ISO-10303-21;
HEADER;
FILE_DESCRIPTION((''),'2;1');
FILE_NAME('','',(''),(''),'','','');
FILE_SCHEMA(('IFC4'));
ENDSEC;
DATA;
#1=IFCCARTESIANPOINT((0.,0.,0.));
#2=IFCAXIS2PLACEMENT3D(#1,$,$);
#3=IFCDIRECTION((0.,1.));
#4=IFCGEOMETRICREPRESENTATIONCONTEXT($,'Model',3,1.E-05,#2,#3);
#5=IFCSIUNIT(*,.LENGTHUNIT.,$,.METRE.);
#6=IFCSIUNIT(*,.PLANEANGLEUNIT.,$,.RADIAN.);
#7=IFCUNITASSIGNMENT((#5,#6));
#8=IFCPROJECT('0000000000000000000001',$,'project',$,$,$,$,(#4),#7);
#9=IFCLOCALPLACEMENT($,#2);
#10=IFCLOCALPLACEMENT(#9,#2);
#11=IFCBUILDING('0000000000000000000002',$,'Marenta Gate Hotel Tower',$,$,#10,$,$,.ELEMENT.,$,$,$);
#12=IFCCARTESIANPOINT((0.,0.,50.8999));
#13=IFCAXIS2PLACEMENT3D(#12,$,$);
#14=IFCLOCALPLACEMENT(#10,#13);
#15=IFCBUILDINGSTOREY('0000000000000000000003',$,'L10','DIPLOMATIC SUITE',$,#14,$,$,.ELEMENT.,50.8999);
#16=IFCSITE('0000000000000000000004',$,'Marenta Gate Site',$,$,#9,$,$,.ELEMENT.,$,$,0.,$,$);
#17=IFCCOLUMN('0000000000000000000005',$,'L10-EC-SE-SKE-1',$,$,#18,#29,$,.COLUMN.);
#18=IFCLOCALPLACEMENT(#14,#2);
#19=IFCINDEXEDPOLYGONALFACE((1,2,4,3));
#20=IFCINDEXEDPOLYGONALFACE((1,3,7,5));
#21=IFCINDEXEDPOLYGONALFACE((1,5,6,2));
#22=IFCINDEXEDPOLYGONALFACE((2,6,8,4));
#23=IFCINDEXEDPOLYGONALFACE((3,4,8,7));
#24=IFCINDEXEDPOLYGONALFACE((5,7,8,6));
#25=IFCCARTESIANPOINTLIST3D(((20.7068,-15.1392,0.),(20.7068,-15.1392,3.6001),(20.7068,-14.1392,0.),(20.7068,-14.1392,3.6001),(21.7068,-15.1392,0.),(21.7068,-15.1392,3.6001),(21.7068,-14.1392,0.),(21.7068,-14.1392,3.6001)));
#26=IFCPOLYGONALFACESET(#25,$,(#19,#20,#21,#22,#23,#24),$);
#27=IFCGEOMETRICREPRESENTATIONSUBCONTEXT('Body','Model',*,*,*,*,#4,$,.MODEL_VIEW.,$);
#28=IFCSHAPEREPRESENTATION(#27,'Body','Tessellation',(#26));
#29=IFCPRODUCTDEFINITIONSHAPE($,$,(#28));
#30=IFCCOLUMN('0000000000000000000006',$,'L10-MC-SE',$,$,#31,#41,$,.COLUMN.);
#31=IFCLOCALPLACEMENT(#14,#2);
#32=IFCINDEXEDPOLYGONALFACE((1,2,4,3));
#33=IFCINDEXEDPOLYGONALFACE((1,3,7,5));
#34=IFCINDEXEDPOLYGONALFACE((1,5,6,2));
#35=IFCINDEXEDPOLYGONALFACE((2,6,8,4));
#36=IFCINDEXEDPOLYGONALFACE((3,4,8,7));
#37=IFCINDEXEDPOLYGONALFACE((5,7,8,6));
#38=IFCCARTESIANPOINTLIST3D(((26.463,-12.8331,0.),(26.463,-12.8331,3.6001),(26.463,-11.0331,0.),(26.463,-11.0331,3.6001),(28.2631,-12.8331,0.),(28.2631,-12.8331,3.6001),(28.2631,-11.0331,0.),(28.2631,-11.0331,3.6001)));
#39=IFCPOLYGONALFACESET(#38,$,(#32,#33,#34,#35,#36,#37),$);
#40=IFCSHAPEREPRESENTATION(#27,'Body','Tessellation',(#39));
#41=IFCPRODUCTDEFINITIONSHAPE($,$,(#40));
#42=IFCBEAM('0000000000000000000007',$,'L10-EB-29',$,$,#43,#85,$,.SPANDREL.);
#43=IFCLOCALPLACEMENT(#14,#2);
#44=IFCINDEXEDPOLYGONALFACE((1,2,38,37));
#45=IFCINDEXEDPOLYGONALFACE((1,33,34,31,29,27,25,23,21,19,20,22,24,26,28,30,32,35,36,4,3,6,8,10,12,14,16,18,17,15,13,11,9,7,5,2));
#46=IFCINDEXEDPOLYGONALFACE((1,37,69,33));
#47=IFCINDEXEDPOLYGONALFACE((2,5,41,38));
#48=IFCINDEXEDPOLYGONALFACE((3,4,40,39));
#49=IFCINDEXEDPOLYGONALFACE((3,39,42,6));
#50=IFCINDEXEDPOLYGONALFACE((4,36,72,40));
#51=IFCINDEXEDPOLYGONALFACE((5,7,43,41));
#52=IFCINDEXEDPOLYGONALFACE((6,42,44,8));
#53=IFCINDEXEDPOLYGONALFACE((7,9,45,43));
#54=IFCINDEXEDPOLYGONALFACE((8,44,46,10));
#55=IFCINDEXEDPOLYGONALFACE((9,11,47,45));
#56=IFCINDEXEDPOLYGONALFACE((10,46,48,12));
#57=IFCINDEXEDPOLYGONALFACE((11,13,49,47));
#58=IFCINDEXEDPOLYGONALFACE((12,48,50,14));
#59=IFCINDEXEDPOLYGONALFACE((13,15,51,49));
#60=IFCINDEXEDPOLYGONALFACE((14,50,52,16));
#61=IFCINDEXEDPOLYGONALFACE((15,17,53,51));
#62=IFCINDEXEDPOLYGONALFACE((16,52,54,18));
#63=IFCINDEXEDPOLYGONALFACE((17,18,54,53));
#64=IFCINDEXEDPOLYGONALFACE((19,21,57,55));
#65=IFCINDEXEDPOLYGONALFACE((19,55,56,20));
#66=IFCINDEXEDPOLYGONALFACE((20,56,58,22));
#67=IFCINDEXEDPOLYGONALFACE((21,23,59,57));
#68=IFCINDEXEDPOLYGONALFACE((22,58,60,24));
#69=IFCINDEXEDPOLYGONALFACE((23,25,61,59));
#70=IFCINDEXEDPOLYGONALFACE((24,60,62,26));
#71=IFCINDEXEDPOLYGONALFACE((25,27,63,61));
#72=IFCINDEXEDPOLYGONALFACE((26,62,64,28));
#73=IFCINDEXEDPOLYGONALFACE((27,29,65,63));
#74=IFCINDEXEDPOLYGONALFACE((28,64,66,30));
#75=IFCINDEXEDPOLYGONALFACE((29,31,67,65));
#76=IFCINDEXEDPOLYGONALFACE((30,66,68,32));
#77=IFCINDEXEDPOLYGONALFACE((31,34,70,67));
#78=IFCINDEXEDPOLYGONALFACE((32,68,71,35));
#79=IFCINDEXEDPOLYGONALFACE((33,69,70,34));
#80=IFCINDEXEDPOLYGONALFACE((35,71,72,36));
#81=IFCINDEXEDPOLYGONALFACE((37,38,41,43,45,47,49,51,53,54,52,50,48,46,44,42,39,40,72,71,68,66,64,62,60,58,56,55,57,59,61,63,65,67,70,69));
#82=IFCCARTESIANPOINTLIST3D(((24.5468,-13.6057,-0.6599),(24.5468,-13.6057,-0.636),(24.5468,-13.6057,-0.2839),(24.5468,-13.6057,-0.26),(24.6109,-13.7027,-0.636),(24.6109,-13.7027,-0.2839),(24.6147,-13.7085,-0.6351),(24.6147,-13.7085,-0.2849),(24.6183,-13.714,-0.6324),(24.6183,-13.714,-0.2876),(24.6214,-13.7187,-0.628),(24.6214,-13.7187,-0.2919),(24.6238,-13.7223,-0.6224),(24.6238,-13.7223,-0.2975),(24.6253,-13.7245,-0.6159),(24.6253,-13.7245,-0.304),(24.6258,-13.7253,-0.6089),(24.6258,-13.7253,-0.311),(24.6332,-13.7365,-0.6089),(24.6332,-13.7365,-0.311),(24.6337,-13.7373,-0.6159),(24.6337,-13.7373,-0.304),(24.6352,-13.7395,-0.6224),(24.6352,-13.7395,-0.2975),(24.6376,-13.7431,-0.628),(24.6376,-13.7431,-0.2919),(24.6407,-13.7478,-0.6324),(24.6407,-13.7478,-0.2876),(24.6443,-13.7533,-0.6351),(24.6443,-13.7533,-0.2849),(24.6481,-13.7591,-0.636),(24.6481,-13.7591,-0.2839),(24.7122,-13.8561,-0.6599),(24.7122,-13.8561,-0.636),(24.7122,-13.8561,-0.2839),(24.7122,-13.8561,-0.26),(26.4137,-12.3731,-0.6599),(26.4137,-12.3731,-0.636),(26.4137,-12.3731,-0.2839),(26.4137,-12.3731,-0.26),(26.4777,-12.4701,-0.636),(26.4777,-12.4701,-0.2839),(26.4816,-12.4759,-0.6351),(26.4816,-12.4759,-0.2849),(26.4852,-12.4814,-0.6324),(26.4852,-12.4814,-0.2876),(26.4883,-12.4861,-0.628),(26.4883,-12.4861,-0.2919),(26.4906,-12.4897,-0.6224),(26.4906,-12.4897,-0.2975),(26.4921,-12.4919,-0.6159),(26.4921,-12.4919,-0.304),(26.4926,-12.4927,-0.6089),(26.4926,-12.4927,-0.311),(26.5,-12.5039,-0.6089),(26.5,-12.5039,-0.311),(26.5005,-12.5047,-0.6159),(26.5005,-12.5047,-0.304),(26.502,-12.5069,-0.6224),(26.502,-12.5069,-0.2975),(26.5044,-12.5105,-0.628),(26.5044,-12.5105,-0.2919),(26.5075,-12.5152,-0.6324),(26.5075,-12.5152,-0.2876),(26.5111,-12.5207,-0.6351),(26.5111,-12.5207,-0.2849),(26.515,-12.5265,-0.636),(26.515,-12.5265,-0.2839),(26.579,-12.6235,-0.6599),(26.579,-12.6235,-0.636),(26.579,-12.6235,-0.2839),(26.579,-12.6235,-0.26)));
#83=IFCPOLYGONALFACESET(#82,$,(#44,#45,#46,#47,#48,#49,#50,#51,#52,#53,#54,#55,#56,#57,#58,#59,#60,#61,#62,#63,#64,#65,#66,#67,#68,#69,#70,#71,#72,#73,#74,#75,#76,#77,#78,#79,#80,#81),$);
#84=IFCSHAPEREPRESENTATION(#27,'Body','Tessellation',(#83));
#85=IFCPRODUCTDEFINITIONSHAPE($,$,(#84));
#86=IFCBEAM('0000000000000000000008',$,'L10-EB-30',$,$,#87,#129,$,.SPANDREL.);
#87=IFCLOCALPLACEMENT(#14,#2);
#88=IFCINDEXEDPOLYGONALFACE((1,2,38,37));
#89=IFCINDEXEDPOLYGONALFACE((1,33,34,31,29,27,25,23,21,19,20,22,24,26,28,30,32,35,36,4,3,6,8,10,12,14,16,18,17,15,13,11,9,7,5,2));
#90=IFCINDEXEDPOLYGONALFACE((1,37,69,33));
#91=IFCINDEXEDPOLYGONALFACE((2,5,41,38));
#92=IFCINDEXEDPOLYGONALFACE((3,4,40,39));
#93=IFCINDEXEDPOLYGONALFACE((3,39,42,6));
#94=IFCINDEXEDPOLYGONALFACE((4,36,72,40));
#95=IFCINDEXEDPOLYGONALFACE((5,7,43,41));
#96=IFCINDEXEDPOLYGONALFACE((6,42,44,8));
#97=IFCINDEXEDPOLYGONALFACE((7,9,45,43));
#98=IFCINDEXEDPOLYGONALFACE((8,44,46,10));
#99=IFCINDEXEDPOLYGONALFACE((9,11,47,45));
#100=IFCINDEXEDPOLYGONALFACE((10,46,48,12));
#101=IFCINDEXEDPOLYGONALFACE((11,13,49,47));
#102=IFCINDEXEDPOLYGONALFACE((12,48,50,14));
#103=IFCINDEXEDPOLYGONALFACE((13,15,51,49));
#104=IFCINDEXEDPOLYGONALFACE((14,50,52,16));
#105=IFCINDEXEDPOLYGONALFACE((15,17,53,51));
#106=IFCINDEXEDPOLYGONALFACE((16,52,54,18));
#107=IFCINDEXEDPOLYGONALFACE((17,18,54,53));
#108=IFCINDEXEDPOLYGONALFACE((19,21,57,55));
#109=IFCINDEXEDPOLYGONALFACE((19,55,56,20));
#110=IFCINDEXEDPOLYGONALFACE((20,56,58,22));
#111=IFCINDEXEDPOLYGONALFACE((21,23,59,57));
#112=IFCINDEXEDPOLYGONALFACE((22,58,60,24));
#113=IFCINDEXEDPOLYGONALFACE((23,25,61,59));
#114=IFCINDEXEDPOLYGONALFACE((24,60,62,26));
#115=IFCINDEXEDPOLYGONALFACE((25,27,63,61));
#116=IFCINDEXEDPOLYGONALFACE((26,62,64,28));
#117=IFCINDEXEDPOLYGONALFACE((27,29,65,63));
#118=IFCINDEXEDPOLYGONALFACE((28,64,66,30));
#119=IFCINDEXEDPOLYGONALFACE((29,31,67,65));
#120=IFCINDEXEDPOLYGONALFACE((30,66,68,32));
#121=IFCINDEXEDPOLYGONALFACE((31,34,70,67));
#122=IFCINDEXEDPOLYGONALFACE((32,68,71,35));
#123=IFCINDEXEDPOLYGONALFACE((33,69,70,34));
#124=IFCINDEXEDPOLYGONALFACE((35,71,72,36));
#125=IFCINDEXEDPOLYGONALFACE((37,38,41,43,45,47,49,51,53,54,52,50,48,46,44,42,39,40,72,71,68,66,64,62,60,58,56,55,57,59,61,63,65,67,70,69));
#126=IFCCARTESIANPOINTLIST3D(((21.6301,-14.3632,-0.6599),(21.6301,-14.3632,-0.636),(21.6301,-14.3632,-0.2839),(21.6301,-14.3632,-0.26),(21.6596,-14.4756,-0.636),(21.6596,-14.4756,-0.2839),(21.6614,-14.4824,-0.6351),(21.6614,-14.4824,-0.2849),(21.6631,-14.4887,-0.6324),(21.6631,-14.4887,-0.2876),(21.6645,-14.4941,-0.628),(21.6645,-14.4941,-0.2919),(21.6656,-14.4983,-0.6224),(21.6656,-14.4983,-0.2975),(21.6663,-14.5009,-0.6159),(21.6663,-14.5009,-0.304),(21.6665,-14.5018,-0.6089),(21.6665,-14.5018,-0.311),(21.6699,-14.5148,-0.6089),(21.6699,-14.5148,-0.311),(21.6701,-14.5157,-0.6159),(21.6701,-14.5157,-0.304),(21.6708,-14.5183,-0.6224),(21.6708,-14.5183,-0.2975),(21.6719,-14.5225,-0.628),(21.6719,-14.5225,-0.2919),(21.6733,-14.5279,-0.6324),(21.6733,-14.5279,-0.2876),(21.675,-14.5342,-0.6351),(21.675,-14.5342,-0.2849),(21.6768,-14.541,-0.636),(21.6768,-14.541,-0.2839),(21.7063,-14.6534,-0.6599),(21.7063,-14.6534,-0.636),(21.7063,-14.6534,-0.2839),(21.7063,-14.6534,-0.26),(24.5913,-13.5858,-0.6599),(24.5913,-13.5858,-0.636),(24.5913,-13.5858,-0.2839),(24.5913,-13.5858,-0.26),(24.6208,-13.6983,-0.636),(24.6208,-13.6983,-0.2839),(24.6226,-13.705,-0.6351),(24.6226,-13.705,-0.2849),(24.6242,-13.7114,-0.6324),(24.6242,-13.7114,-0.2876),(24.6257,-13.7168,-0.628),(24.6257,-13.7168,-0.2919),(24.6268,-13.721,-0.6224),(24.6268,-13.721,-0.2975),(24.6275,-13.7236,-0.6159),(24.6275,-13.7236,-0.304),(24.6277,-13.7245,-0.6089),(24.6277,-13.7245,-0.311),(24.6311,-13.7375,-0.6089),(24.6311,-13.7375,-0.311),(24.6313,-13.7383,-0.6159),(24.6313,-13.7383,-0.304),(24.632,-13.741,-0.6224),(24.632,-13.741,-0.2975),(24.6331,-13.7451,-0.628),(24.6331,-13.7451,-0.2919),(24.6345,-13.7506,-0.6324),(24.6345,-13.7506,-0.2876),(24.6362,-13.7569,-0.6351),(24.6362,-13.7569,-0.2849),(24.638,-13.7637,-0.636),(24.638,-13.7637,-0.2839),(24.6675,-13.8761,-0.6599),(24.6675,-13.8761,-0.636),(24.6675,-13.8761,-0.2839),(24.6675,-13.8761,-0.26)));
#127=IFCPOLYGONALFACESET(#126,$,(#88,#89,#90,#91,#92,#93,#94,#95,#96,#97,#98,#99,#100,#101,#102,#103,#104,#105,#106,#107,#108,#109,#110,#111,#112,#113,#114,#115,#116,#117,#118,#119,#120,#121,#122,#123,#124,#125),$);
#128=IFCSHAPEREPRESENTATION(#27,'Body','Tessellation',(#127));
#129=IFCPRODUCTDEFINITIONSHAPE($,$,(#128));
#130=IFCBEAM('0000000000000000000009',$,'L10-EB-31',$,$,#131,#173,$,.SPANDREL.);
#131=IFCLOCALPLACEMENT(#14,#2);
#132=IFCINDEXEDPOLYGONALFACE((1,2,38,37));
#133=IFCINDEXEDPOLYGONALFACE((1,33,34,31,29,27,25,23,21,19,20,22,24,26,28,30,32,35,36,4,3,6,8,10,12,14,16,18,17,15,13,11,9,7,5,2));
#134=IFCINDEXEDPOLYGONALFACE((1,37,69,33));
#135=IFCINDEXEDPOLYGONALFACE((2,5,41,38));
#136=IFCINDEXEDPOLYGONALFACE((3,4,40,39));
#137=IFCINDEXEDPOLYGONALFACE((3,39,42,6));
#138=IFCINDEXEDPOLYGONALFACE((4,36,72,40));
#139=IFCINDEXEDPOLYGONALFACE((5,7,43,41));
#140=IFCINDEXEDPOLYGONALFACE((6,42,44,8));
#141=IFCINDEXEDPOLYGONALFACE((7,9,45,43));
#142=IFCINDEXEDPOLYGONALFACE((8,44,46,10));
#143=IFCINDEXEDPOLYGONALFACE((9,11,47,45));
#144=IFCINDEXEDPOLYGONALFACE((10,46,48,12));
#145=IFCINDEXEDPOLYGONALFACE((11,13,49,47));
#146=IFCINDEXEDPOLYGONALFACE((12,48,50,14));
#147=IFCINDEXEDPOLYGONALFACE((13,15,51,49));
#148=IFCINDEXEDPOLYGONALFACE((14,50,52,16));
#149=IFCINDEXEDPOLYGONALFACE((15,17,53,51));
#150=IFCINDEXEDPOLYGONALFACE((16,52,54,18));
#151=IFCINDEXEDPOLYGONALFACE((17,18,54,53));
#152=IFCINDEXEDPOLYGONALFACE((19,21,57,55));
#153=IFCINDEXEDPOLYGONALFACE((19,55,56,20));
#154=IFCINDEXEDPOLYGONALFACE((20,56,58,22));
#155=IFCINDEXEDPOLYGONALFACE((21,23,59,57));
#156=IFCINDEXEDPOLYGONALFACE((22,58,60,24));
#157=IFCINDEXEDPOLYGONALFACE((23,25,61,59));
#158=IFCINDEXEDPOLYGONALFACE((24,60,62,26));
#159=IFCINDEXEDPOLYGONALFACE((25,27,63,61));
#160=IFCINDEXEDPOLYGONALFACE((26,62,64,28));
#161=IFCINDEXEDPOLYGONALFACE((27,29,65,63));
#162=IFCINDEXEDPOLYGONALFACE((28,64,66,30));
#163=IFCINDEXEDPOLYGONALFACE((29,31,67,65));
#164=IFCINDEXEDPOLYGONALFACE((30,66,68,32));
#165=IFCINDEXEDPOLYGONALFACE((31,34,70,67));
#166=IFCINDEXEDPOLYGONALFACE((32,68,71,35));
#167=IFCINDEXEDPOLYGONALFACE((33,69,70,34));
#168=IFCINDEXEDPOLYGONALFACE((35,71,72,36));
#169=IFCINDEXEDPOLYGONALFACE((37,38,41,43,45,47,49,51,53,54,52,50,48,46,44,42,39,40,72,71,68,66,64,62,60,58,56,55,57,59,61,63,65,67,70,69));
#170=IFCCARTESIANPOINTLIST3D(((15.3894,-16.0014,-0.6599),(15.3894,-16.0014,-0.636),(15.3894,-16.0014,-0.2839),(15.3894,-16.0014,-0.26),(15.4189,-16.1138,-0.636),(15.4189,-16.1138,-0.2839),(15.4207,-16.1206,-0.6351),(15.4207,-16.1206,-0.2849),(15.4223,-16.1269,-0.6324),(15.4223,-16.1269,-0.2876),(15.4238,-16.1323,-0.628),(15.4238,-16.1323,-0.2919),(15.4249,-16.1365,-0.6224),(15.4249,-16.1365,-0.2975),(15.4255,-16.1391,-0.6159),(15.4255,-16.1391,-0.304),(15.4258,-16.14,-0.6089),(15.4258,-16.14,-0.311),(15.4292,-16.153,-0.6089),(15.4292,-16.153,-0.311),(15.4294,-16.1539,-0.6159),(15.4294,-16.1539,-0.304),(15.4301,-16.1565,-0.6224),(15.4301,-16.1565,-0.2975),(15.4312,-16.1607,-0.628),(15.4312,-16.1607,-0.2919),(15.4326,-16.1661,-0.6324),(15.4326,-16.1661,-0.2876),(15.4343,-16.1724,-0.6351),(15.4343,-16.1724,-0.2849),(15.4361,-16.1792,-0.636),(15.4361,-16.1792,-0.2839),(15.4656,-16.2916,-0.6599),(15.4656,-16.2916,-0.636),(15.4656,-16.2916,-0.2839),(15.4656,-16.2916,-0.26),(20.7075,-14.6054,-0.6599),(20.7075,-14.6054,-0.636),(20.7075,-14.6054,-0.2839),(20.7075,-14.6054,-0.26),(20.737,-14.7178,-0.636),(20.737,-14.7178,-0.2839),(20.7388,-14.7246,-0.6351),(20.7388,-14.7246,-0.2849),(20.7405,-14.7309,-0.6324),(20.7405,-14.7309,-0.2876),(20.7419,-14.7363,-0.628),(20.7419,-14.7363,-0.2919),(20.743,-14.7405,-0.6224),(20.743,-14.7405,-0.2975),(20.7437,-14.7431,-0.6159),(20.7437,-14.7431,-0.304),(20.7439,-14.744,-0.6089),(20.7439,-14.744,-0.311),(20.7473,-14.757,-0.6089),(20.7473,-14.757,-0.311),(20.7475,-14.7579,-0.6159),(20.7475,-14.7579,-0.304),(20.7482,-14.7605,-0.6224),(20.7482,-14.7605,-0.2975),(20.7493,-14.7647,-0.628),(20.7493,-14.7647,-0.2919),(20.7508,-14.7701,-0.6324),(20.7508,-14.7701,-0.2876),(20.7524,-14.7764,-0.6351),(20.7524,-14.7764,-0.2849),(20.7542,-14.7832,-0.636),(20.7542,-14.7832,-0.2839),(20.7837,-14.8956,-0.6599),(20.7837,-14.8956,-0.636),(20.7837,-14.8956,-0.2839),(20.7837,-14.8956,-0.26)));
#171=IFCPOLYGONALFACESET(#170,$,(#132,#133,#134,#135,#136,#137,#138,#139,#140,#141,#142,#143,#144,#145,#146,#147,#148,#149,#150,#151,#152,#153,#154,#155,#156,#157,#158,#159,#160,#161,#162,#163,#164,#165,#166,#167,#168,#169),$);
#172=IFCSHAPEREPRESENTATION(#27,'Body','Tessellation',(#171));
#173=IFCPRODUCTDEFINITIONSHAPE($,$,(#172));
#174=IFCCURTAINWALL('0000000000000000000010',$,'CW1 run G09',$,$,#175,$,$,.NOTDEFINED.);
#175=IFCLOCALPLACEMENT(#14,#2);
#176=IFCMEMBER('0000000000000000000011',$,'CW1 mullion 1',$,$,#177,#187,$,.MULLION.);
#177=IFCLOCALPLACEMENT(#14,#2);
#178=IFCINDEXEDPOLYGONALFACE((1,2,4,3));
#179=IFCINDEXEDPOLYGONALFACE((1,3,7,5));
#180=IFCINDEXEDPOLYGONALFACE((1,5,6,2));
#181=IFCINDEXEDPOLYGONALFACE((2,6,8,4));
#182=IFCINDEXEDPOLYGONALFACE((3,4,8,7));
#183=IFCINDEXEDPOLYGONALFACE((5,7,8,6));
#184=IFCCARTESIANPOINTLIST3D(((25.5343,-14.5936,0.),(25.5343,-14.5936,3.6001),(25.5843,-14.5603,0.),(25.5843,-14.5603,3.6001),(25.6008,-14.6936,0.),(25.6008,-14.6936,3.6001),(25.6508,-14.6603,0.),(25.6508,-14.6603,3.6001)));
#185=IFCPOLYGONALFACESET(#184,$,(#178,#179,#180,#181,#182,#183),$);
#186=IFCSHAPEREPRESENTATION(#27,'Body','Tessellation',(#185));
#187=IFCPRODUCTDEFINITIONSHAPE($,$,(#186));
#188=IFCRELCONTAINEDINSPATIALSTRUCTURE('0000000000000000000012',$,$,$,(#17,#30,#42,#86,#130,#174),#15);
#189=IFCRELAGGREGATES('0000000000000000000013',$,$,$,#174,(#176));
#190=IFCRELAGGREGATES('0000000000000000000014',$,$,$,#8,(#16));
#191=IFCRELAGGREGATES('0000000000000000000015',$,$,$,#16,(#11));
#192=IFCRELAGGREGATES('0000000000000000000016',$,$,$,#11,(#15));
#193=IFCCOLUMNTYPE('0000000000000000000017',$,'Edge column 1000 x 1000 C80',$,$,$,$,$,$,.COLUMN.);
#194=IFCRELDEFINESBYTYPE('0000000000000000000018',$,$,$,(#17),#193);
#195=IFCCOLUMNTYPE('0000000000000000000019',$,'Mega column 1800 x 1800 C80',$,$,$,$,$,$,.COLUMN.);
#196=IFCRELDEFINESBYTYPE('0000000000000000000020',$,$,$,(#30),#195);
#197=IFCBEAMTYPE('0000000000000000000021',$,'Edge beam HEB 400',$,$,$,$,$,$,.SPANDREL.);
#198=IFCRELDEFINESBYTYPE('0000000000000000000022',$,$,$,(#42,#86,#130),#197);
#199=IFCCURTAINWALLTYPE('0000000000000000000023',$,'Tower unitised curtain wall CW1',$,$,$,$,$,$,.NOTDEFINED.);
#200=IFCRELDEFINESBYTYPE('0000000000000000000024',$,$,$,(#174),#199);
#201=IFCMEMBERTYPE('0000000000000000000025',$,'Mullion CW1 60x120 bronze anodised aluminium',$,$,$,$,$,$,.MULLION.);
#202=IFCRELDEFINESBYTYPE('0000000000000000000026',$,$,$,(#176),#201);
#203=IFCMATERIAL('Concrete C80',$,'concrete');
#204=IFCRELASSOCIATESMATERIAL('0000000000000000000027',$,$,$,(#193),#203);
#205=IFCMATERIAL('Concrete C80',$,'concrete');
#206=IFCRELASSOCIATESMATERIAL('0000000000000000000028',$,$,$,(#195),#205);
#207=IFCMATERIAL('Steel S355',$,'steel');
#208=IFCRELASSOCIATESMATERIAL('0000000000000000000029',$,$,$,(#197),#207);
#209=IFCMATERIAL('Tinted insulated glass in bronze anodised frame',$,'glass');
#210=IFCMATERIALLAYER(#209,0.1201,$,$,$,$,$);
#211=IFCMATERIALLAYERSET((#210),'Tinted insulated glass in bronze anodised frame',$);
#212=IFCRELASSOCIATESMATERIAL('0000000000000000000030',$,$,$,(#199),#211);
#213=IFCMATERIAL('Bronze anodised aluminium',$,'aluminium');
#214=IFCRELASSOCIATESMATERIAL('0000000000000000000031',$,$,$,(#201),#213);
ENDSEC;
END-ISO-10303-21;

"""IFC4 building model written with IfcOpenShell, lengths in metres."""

from ifc_helpers import new_model, si_unit, direction, frame, origin, origin_2d, place, context, subcontext, project, spatial, rectangle, i_section, extrude, material, layer, layer_set, material_profile, profile_set, type_object, element, aggregate, save


model = new_model("IFC4")

# Units and contexts
model_context = context("Model", 3, precision=1e-05, world=origin(), true_north=direction((0.0, 1.0)))
body_context = subcontext(model_context, "Body", "Model", "MODEL_VIEW")
ifc_project = project(units=[si_unit("LENGTHUNIT", "METRE"), si_unit("PLANEANGLEUNIT", "RADIAN")], contexts=[model_context])

# Site, building, storey
site_placement = place(None, origin())
site = spatial("IfcSite", under=ifc_project, at=site_placement, Name="Marenta Gate Site", CompositionType="ELEMENT", RefElevation=0.0)
building_placement = place(site_placement, origin())
building = spatial("IfcBuilding", under=site, at=building_placement, Name="Marenta Gate Hotel Tower", CompositionType="ELEMENT")
storey_placement = place(building_placement, frame((0.0, 0.0, 50.8999)))
storey = spatial("IfcBuildingStorey", under=building, at=storey_placement, Name="L10", Description="DIPLOMATIC SUITE", CompositionType="ELEMENT", Elevation=50.8999)

# Columns
ifc_material_1 = material(Name="Concrete C80", Category="concrete")
ifc_material_profile_1 = material_profile(ifc_material_1, rectangle(XDim=1.0, YDim=1.0, at=origin_2d()), Name="1000 x 1000")
ifc_profile_set_1 = profile_set([ifc_material_profile_1], Name="Concrete C80")
column_type_1 = type_object("IfcColumnType", Name="Edge column 1000 x 1000 C80", PredefinedType="COLUMN", material=ifc_profile_set_1)
column_1_placement = place(storey_placement, frame((21.2068, -14.6392, 0.0), z_axis=(0.0, 0.0, 1.0), x_axis=(1.0, 0.0, 0.0)))
element("IfcColumn", 1, at=column_1_placement, inside=storey, type_object=column_type_1, Name="L10-EC-SE-SKE-1", PredefinedType="COLUMN", context=body_context, shape_type="SweptSolid", body=[
    extrude(rectangle(XDim=1.0, YDim=1.0, at=origin_2d()), origin(), (0.0, 0.0, 1.0), 3.6001),
])
ifc_material_2 = material(Name="Concrete C80", Category="concrete")
ifc_material_profile_2 = material_profile(ifc_material_2, rectangle(XDim=1.8, YDim=1.8, at=origin_2d()), Name="1800 x 1800")
ifc_profile_set_2 = profile_set([ifc_material_profile_2], Name="Concrete C80")
column_type_2 = type_object("IfcColumnType", Name="Mega column 1800 x 1800 C80", PredefinedType="COLUMN", material=ifc_profile_set_2)
column_2_placement = place(storey_placement, frame((27.363, -11.9331, 0.0), z_axis=(0.0, 0.0, 1.0), x_axis=(1.0, 0.0, 0.0)))
element("IfcColumn", 2, at=column_2_placement, inside=storey, type_object=column_type_2, Name="L10-MC-SE", PredefinedType="COLUMN", context=body_context, shape_type="SweptSolid", body=[
    extrude(rectangle(XDim=1.8, YDim=1.8, at=origin_2d()), origin(), (0.0, 0.0, 1.0), 3.6001),
])

# Beams
ifc_material_3 = material(Name="Steel S355", Category="steel")
ifc_material_profile_3 = material_profile(ifc_material_3, i_section(OverallWidth=0.3, OverallDepth=0.3999, WebThickness=0.0134, FlangeThickness=0.0239, FilletRadius=0.0271, at=origin_2d()), Name="HEB 400")
ifc_profile_set_3 = profile_set([ifc_material_profile_3], Name="Steel S355")
beam_type = type_object("IfcBeamType", Name="Edge beam HEB 400", PredefinedType="SPANDREL", material=ifc_profile_set_3)
beam_1_placement = place(storey_placement, frame((26.4963, -12.4983, -0.46), z_axis=(-0.83451, -0.550993, 0.0), x_axis=(0.550993, -0.83451, 0.0)))
element("IfcBeam", 3, at=beam_1_placement, inside=storey, type_object=beam_type, Name="L10-EB-29", PredefinedType="SPANDREL", context=body_context, shape_type="SweptSolid", body=[
    extrude(i_section(OverallWidth=0.3, OverallDepth=0.3999, WebThickness=0.0134, FlangeThickness=0.0239, FilletRadius=0.0271, at=origin_2d()), origin(), (0.0, 0.0, 1.0), 2.2371),
])
beam_2_placement = place(storey_placement, frame((24.6294, -13.731, -0.46), z_axis=(-0.967228, -0.253908, 0.0), x_axis=(0.253908, -0.967228, 0.0)))
element("IfcBeam", 4, at=beam_2_placement, inside=storey, type_object=beam_type, Name="L10-EB-30", PredefinedType="SPANDREL", context=body_context, shape_type="SweptSolid", body=[
    extrude(i_section(OverallWidth=0.3, OverallDepth=0.3999, WebThickness=0.0134, FlangeThickness=0.0239, FilletRadius=0.0271, at=origin_2d()), origin(), (0.0, 0.0, 1.0), 3.0615),
])
beam_3_placement = place(storey_placement, frame((20.7456, -14.7505, -0.46), z_axis=(-0.967231, -0.253897, 0.0), x_axis=(0.253897, -0.967231, 0.0)))
element("IfcBeam", 5, at=beam_3_placement, inside=storey, type_object=beam_type, Name="L10-EB-31", PredefinedType="SPANDREL", context=body_context, shape_type="SweptSolid", body=[
    extrude(i_section(OverallWidth=0.3, OverallDepth=0.3999, WebThickness=0.0134, FlangeThickness=0.0239, FilletRadius=0.0271, at=origin_2d()), origin(), (0.0, 0.0, 1.0), 5.4983),
])

# Curtain wall, member
ifc_material_4 = material(Name="Tinted insulated glass in bronze anodised frame", Category="glass")
ifc_layer_1 = layer(ifc_material_4, 0.1201)
ifc_layer_set_1 = layer_set([ifc_layer_1], Name="Tinted insulated glass in bronze anodised frame")
curtain_wall_type = type_object("IfcCurtainWallType", Name="Tower unitised curtain wall CW1", PredefinedType="NOTDEFINED", material=ifc_layer_set_1)
curtain_wall_1_placement = place(storey_placement, origin())
curtain_wall_1 = element("IfcCurtainWall", 6, at=curtain_wall_1_placement, inside=storey, type_object=curtain_wall_type, Name="CW1 run G09", PredefinedType="NOTDEFINED")
ifc_material_5 = material(Name="Bronze anodised aluminium", Category="aluminium")
ifc_material_profile_4 = material_profile(ifc_material_5, rectangle(XDim=0.1201, YDim=0.0601, at=origin_2d()), Name="Mullion CW1 60x120 bronze anodised aluminium")
ifc_profile_set_4 = profile_set([ifc_material_profile_4], Name="Bronze anodised aluminium")
member_type_1 = type_object("IfcMemberType", Name="Mullion CW1 60x120 bronze anodised aluminium", PredefinedType="MULLION", material=ifc_profile_set_4)
member_1_placement = place(storey_placement, frame((25.5925, -14.627, 0.0), z_axis=(0.0, 0.0, 1.0), x_axis=(-0.554034, 0.832494, 0.0)))
member_1 = element("IfcMember", 7, at=member_1_placement, type_object=member_type_1, Name="CW1 mullion 1", PredefinedType="MULLION", context=body_context, shape_type="SweptSolid", body=[
    extrude(rectangle(XDim=0.1201, YDim=0.0601, at=origin_2d()), origin(), (0.0, 0.0, 1.0), 3.6001),
])

aggregate(curtain_wall_1, [member_1])

save(model, "model.ifc")
